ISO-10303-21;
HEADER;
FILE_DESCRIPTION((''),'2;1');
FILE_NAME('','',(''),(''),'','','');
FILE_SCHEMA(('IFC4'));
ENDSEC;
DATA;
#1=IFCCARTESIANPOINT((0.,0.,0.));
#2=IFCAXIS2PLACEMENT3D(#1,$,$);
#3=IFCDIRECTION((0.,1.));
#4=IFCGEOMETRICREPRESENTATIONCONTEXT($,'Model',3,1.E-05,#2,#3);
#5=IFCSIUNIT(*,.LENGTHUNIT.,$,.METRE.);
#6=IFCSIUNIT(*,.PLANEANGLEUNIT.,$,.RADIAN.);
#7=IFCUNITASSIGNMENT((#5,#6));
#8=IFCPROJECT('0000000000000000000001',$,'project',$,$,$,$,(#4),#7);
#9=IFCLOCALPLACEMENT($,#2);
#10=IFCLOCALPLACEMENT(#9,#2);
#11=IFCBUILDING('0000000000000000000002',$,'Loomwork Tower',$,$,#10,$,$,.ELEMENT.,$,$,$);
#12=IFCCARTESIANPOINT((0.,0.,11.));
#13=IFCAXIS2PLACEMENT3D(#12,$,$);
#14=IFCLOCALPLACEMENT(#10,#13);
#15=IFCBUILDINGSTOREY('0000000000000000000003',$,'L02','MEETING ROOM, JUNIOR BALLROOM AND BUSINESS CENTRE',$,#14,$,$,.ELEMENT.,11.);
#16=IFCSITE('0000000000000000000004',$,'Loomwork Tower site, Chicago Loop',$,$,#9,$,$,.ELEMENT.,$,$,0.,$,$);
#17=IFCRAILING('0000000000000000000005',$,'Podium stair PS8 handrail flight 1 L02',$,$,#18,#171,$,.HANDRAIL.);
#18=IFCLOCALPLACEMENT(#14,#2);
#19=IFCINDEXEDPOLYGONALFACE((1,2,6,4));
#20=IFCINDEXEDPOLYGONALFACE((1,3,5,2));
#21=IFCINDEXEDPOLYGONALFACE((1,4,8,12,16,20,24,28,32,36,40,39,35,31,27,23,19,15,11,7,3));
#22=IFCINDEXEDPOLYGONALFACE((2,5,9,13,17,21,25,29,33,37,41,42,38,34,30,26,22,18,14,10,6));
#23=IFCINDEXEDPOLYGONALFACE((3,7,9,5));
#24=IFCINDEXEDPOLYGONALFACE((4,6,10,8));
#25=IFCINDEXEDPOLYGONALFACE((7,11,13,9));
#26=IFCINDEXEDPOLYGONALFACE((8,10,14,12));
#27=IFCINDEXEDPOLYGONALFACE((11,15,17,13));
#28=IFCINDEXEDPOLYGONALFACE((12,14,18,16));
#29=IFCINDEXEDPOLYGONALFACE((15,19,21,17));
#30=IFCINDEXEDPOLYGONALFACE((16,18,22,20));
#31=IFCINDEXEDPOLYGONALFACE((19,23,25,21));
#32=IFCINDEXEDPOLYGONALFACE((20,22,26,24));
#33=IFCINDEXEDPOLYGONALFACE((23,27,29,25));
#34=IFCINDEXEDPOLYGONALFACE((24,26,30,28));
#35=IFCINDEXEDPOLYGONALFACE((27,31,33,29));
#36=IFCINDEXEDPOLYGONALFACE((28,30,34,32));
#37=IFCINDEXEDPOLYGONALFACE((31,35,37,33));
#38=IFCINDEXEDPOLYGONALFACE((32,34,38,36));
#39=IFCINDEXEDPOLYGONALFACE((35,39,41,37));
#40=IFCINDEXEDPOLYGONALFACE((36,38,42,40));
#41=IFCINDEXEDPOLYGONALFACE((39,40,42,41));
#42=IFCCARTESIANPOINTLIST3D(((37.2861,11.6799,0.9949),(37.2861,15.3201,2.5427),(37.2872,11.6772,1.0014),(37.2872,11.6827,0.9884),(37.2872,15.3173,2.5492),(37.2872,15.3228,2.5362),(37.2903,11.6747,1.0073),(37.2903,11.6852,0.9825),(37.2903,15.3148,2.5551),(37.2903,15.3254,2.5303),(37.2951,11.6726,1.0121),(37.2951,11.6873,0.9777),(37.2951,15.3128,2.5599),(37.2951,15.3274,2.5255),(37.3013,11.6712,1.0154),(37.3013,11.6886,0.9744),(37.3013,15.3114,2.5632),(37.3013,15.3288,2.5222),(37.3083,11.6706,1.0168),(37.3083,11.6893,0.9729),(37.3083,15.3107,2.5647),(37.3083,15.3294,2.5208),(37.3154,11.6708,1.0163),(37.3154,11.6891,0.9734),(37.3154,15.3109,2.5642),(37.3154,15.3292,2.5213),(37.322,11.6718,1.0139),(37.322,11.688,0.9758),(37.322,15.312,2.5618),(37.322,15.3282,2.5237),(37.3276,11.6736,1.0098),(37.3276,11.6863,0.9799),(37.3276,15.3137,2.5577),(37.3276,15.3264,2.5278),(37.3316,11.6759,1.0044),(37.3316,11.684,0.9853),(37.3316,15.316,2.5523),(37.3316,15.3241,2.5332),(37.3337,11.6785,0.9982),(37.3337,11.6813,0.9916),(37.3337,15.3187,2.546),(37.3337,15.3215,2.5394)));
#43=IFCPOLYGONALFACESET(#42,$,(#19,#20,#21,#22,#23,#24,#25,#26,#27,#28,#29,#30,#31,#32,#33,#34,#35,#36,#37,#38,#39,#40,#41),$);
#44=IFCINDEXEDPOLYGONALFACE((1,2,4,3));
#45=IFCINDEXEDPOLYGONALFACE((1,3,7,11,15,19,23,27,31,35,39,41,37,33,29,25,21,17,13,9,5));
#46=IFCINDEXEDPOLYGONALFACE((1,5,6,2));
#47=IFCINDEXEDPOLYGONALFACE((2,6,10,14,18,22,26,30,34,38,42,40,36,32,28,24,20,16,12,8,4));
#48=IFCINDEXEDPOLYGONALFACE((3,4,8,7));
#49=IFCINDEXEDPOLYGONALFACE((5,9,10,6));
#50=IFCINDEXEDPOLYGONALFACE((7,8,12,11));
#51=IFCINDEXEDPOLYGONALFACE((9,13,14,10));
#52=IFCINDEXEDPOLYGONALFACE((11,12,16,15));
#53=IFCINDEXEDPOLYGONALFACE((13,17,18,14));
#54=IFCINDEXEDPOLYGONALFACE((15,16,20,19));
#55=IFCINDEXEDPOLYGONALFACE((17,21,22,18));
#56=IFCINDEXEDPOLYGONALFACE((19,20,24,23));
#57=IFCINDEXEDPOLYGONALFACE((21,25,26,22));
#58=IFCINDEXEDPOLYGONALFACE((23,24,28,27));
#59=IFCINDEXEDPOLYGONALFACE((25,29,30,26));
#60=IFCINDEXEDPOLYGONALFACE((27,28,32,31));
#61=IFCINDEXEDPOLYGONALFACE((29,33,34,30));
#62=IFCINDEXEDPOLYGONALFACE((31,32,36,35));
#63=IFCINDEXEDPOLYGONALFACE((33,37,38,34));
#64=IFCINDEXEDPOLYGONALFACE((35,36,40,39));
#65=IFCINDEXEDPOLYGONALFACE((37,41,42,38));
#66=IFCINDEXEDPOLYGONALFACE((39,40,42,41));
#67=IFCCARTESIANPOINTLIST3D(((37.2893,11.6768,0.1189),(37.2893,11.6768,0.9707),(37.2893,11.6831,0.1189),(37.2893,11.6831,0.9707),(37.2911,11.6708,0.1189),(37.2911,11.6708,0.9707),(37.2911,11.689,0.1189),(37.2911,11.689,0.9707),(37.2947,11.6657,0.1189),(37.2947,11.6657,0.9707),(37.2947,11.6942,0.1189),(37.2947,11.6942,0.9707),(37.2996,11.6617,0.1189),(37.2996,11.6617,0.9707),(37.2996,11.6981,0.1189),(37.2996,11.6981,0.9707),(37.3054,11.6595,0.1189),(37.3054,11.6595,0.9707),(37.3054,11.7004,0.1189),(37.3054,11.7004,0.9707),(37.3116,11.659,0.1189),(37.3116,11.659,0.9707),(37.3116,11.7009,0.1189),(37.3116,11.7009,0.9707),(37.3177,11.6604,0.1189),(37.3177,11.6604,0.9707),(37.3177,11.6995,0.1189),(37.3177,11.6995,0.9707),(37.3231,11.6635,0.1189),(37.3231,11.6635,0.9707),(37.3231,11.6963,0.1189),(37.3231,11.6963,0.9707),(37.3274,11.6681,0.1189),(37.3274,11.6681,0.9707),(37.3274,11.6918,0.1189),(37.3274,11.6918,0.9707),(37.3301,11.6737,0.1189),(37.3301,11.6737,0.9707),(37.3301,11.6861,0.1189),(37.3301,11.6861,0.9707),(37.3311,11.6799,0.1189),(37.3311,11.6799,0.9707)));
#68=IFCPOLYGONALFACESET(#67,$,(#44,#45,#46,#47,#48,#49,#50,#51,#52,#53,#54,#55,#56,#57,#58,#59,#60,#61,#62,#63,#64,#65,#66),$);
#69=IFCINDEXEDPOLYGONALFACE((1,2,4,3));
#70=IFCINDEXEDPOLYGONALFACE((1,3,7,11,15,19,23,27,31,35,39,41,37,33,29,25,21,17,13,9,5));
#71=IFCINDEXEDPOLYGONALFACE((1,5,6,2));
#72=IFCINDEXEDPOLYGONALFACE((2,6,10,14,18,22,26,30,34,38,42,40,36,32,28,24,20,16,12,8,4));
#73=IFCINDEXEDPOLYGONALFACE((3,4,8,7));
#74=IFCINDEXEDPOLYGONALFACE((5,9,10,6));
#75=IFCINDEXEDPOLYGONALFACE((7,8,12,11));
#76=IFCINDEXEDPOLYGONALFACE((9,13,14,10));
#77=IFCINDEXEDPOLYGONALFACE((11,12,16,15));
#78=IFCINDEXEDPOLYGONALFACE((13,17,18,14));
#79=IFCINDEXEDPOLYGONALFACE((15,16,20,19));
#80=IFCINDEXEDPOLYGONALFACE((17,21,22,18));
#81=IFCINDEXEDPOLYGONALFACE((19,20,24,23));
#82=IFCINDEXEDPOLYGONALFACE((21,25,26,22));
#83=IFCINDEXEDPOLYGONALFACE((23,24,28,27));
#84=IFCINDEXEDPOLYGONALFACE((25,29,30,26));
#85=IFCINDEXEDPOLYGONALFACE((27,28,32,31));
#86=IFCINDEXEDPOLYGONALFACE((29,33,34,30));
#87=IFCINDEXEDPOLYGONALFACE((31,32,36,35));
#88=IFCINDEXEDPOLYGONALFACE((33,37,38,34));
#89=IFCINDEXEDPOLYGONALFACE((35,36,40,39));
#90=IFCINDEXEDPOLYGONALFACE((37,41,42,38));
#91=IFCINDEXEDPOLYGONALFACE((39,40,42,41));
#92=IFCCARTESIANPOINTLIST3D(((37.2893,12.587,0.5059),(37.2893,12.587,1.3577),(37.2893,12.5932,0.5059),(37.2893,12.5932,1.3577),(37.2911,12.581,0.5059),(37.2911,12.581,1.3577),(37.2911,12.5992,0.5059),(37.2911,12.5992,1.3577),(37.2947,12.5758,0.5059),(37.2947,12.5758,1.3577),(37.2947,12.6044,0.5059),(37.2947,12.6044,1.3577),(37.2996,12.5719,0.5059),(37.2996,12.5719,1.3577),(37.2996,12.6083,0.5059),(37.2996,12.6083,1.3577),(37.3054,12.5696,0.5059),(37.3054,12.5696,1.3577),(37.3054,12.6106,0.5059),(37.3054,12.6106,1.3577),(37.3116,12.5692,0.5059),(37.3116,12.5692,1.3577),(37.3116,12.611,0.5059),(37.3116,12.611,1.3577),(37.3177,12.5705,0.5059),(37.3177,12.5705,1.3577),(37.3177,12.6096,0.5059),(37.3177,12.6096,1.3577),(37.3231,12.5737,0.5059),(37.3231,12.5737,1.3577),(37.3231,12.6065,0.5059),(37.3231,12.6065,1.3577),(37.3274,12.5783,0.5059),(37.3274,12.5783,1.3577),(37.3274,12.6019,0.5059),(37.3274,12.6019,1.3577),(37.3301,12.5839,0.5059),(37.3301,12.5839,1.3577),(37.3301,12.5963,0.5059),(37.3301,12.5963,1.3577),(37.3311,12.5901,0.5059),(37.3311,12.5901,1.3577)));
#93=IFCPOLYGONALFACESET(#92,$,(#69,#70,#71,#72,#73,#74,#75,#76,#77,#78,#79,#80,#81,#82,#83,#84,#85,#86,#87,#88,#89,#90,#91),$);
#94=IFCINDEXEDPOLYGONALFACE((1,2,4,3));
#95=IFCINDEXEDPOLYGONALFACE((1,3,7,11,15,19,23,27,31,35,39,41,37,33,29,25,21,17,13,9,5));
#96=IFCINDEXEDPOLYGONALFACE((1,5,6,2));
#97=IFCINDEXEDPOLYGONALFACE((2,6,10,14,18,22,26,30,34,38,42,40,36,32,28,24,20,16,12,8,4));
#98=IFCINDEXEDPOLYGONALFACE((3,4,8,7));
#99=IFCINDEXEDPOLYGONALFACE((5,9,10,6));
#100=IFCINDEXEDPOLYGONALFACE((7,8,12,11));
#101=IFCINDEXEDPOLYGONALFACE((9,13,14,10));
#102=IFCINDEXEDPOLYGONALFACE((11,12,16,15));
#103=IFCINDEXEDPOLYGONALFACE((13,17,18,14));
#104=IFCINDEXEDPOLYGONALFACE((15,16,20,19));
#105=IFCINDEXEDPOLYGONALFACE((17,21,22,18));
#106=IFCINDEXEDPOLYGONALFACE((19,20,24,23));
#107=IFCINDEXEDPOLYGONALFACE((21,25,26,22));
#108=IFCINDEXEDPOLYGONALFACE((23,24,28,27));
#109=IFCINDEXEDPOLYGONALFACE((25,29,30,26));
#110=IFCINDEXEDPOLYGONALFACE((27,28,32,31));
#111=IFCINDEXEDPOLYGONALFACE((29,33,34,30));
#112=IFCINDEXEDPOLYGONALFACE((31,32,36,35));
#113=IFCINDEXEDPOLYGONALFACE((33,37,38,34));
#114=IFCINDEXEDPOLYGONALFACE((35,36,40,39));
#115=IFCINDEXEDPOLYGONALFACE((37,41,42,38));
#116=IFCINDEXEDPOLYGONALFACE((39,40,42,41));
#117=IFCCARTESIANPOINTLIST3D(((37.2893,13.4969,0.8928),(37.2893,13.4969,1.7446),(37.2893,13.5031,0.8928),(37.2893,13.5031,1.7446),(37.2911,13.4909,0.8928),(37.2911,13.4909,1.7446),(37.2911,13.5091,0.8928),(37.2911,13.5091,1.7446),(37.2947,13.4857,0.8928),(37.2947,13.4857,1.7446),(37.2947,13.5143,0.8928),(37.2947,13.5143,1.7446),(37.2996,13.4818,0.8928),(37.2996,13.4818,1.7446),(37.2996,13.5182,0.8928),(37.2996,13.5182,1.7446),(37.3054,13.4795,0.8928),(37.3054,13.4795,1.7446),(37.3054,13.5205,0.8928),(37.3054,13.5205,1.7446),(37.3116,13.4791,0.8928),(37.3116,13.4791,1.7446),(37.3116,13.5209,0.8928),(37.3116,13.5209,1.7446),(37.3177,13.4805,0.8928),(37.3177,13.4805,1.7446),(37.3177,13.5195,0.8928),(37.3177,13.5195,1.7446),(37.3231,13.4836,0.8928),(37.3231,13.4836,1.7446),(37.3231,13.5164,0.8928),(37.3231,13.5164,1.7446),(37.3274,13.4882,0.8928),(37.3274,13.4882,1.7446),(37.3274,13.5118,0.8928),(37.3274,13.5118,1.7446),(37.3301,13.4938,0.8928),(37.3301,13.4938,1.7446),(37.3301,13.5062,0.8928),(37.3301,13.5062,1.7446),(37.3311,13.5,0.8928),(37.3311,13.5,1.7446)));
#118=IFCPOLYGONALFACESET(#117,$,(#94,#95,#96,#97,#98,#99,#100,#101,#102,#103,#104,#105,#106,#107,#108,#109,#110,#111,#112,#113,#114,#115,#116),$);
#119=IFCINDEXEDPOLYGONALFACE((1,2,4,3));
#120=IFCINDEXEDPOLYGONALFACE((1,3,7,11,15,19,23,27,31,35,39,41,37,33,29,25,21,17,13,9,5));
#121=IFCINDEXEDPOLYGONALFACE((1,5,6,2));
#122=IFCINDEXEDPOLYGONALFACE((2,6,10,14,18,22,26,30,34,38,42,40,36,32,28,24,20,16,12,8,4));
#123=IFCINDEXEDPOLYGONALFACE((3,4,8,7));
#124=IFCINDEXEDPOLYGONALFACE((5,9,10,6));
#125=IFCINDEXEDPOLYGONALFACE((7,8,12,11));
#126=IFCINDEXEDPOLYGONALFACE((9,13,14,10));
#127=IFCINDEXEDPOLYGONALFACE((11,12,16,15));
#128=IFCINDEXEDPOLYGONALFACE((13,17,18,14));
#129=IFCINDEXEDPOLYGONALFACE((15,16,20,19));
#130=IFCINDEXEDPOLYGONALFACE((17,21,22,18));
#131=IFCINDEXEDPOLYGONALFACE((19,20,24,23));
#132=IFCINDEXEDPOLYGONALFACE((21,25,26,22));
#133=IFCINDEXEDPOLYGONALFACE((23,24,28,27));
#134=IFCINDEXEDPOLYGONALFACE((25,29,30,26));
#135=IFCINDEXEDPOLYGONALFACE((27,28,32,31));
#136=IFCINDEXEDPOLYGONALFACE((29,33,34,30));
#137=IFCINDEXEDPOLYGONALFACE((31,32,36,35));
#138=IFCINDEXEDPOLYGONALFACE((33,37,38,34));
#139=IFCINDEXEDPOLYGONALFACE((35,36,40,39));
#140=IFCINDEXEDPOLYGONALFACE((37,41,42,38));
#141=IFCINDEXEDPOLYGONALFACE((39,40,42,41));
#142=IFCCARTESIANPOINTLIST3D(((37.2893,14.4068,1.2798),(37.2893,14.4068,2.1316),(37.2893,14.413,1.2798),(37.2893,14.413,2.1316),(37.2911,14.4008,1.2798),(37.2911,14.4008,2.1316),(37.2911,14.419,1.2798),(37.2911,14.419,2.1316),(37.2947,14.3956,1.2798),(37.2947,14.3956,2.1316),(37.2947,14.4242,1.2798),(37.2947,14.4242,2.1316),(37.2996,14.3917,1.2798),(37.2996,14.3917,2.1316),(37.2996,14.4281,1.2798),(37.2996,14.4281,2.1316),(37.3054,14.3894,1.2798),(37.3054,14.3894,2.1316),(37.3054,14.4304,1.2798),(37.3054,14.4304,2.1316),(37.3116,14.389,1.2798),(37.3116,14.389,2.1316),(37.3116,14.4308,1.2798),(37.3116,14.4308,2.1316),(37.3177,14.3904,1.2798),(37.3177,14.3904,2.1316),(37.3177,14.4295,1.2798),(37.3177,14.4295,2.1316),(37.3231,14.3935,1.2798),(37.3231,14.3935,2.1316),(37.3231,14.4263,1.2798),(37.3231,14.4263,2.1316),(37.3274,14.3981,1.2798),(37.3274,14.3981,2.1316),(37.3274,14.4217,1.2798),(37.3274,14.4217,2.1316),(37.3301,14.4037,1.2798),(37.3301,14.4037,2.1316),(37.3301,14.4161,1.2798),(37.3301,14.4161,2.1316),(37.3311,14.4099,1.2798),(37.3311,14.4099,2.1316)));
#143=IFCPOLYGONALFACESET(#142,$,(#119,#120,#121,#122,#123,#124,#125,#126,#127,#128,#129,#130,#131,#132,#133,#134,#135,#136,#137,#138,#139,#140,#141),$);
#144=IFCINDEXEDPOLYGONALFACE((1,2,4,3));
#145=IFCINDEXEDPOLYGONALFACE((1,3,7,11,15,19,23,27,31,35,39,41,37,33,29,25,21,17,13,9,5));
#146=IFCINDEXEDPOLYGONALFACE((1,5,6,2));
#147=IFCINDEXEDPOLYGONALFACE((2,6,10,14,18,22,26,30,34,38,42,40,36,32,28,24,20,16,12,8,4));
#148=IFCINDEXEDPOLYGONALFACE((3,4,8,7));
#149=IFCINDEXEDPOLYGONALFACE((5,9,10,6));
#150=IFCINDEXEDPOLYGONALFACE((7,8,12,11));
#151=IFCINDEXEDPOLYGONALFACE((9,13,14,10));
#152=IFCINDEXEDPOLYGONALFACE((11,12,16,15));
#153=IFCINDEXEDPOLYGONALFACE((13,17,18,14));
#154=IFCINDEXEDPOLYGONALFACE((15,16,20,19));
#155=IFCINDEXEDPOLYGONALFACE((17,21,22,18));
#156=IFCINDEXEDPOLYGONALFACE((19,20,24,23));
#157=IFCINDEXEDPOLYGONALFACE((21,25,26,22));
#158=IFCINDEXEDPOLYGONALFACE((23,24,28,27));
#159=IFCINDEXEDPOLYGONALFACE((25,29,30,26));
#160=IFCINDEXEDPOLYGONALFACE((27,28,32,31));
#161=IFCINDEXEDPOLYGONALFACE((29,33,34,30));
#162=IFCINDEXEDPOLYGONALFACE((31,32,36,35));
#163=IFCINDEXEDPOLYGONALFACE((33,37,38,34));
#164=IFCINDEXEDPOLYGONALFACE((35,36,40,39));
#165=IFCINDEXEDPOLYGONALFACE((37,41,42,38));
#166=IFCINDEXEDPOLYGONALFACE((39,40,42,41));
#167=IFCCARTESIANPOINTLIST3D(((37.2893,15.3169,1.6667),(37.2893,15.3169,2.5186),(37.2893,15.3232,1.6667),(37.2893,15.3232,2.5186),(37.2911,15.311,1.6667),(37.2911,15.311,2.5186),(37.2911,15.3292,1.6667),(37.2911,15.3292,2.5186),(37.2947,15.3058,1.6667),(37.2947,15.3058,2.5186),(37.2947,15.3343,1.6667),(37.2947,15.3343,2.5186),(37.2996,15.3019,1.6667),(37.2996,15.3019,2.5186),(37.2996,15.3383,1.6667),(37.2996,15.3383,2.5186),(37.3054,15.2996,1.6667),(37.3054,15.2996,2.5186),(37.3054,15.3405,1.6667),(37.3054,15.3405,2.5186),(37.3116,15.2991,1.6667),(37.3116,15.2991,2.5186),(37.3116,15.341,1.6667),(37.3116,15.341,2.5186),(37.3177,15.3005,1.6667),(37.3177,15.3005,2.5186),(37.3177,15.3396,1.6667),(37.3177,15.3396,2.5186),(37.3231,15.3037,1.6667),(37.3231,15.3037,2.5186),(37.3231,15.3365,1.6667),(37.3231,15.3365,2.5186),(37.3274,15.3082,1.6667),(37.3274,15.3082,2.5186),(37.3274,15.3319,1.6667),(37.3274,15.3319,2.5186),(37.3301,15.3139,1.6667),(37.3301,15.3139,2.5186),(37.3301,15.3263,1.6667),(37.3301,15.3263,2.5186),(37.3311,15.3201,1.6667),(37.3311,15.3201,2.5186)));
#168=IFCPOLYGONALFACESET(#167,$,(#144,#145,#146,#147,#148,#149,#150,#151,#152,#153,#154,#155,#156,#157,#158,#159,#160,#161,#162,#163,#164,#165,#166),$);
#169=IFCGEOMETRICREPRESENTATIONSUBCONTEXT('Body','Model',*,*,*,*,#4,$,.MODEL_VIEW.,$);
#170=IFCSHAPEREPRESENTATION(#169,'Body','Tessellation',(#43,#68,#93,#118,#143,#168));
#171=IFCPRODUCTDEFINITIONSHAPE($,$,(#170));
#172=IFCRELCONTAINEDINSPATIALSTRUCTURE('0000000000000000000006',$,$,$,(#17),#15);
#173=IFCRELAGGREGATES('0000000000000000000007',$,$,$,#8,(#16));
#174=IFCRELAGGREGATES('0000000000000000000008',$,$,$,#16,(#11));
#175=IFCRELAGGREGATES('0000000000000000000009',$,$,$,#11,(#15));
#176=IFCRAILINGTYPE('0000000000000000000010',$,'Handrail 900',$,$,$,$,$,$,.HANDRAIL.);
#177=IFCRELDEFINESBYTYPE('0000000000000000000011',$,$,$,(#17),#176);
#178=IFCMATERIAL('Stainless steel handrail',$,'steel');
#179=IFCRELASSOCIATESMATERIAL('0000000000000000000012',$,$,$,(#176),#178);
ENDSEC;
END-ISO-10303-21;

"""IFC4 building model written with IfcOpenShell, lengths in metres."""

from ifc_helpers import new_model, si_unit, direction, frame, origin, origin_2d, place, context, subcontext, project, spatial, circle, extrude, material, type_object, element, save


model = new_model("IFC4")

# Units and contexts
model_context = context("Model", 3, precision=1e-05, world=origin(), true_north=direction((0.0, 1.0)))
body_context = subcontext(model_context, "Body", "Model", "MODEL_VIEW")
ifc_project = project(units=[si_unit("LENGTHUNIT", "METRE"), si_unit("PLANEANGLEUNIT", "RADIAN")], contexts=[model_context])

# Site, building, storey
site_placement = place(None, origin())
site = spatial("IfcSite", under=ifc_project, at=site_placement, Name="Loomwork Tower site, Chicago Loop", CompositionType="ELEMENT", RefElevation=0.0)
building_placement = place(site_placement, origin())
building = spatial("IfcBuilding", under=site, at=building_placement, Name="Loomwork Tower", CompositionType="ELEMENT")
storey_placement = place(building_placement, frame((0.0, 0.0, 11.0)))
storey = spatial("IfcBuildingStorey", under=building, at=storey_placement, Name="L02", Description="MEETING ROOM, JUNIOR BALLROOM AND BUSINESS CENTRE", CompositionType="ELEMENT", Elevation=11.0)

# Railing
ifc_material_1 = material(Name="Stainless steel handrail", Category="steel")
railing_type = type_object("IfcRailingType", Name="Handrail 900", PredefinedType="HANDRAIL", material=ifc_material_1)
railing_1_placement = place(storey_placement, frame((37.3101, 11.6799, 0.1189)))
element("IfcRailing", 1, at=railing_1_placement, inside=storey, type_object=railing_type, Name="Podium stair PS8 handrail flight 1 L02", PredefinedType="HANDRAIL", context=body_context, shape_type="SweptSolid", body=[
    extrude(circle(Radius=0.0239, at=origin_2d()), frame((0.0, 0.0, 0.876), z_axis=(0.0, 0.920259, 0.391311), x_axis=(-1.0, 0.0, 0.0)), (0.0, 0.0, 1.0), 3.9556),
    extrude(circle(Radius=0.021, at=origin_2d()), origin(), (0.0, 0.0, 1.0), 0.8518),
    extrude(circle(Radius=0.021, at=origin_2d()), frame((0.0, 0.9102, 0.387)), (0.0, 0.0, 1.0), 0.8518),
    extrude(circle(Radius=0.021, at=origin_2d()), frame((0.0, 1.8201, 0.7739)), (0.0, 0.0, 1.0), 0.8518),
    extrude(circle(Radius=0.021, at=origin_2d()), frame((0.0, 2.73, 1.1609)), (0.0, 0.0, 1.0), 0.8518),
    extrude(circle(Radius=0.021, at=origin_2d()), frame((0.0, 3.6401, 1.5479)), (0.0, 0.0, 1.0), 0.8518),
])

save(model, "model.ifc")
